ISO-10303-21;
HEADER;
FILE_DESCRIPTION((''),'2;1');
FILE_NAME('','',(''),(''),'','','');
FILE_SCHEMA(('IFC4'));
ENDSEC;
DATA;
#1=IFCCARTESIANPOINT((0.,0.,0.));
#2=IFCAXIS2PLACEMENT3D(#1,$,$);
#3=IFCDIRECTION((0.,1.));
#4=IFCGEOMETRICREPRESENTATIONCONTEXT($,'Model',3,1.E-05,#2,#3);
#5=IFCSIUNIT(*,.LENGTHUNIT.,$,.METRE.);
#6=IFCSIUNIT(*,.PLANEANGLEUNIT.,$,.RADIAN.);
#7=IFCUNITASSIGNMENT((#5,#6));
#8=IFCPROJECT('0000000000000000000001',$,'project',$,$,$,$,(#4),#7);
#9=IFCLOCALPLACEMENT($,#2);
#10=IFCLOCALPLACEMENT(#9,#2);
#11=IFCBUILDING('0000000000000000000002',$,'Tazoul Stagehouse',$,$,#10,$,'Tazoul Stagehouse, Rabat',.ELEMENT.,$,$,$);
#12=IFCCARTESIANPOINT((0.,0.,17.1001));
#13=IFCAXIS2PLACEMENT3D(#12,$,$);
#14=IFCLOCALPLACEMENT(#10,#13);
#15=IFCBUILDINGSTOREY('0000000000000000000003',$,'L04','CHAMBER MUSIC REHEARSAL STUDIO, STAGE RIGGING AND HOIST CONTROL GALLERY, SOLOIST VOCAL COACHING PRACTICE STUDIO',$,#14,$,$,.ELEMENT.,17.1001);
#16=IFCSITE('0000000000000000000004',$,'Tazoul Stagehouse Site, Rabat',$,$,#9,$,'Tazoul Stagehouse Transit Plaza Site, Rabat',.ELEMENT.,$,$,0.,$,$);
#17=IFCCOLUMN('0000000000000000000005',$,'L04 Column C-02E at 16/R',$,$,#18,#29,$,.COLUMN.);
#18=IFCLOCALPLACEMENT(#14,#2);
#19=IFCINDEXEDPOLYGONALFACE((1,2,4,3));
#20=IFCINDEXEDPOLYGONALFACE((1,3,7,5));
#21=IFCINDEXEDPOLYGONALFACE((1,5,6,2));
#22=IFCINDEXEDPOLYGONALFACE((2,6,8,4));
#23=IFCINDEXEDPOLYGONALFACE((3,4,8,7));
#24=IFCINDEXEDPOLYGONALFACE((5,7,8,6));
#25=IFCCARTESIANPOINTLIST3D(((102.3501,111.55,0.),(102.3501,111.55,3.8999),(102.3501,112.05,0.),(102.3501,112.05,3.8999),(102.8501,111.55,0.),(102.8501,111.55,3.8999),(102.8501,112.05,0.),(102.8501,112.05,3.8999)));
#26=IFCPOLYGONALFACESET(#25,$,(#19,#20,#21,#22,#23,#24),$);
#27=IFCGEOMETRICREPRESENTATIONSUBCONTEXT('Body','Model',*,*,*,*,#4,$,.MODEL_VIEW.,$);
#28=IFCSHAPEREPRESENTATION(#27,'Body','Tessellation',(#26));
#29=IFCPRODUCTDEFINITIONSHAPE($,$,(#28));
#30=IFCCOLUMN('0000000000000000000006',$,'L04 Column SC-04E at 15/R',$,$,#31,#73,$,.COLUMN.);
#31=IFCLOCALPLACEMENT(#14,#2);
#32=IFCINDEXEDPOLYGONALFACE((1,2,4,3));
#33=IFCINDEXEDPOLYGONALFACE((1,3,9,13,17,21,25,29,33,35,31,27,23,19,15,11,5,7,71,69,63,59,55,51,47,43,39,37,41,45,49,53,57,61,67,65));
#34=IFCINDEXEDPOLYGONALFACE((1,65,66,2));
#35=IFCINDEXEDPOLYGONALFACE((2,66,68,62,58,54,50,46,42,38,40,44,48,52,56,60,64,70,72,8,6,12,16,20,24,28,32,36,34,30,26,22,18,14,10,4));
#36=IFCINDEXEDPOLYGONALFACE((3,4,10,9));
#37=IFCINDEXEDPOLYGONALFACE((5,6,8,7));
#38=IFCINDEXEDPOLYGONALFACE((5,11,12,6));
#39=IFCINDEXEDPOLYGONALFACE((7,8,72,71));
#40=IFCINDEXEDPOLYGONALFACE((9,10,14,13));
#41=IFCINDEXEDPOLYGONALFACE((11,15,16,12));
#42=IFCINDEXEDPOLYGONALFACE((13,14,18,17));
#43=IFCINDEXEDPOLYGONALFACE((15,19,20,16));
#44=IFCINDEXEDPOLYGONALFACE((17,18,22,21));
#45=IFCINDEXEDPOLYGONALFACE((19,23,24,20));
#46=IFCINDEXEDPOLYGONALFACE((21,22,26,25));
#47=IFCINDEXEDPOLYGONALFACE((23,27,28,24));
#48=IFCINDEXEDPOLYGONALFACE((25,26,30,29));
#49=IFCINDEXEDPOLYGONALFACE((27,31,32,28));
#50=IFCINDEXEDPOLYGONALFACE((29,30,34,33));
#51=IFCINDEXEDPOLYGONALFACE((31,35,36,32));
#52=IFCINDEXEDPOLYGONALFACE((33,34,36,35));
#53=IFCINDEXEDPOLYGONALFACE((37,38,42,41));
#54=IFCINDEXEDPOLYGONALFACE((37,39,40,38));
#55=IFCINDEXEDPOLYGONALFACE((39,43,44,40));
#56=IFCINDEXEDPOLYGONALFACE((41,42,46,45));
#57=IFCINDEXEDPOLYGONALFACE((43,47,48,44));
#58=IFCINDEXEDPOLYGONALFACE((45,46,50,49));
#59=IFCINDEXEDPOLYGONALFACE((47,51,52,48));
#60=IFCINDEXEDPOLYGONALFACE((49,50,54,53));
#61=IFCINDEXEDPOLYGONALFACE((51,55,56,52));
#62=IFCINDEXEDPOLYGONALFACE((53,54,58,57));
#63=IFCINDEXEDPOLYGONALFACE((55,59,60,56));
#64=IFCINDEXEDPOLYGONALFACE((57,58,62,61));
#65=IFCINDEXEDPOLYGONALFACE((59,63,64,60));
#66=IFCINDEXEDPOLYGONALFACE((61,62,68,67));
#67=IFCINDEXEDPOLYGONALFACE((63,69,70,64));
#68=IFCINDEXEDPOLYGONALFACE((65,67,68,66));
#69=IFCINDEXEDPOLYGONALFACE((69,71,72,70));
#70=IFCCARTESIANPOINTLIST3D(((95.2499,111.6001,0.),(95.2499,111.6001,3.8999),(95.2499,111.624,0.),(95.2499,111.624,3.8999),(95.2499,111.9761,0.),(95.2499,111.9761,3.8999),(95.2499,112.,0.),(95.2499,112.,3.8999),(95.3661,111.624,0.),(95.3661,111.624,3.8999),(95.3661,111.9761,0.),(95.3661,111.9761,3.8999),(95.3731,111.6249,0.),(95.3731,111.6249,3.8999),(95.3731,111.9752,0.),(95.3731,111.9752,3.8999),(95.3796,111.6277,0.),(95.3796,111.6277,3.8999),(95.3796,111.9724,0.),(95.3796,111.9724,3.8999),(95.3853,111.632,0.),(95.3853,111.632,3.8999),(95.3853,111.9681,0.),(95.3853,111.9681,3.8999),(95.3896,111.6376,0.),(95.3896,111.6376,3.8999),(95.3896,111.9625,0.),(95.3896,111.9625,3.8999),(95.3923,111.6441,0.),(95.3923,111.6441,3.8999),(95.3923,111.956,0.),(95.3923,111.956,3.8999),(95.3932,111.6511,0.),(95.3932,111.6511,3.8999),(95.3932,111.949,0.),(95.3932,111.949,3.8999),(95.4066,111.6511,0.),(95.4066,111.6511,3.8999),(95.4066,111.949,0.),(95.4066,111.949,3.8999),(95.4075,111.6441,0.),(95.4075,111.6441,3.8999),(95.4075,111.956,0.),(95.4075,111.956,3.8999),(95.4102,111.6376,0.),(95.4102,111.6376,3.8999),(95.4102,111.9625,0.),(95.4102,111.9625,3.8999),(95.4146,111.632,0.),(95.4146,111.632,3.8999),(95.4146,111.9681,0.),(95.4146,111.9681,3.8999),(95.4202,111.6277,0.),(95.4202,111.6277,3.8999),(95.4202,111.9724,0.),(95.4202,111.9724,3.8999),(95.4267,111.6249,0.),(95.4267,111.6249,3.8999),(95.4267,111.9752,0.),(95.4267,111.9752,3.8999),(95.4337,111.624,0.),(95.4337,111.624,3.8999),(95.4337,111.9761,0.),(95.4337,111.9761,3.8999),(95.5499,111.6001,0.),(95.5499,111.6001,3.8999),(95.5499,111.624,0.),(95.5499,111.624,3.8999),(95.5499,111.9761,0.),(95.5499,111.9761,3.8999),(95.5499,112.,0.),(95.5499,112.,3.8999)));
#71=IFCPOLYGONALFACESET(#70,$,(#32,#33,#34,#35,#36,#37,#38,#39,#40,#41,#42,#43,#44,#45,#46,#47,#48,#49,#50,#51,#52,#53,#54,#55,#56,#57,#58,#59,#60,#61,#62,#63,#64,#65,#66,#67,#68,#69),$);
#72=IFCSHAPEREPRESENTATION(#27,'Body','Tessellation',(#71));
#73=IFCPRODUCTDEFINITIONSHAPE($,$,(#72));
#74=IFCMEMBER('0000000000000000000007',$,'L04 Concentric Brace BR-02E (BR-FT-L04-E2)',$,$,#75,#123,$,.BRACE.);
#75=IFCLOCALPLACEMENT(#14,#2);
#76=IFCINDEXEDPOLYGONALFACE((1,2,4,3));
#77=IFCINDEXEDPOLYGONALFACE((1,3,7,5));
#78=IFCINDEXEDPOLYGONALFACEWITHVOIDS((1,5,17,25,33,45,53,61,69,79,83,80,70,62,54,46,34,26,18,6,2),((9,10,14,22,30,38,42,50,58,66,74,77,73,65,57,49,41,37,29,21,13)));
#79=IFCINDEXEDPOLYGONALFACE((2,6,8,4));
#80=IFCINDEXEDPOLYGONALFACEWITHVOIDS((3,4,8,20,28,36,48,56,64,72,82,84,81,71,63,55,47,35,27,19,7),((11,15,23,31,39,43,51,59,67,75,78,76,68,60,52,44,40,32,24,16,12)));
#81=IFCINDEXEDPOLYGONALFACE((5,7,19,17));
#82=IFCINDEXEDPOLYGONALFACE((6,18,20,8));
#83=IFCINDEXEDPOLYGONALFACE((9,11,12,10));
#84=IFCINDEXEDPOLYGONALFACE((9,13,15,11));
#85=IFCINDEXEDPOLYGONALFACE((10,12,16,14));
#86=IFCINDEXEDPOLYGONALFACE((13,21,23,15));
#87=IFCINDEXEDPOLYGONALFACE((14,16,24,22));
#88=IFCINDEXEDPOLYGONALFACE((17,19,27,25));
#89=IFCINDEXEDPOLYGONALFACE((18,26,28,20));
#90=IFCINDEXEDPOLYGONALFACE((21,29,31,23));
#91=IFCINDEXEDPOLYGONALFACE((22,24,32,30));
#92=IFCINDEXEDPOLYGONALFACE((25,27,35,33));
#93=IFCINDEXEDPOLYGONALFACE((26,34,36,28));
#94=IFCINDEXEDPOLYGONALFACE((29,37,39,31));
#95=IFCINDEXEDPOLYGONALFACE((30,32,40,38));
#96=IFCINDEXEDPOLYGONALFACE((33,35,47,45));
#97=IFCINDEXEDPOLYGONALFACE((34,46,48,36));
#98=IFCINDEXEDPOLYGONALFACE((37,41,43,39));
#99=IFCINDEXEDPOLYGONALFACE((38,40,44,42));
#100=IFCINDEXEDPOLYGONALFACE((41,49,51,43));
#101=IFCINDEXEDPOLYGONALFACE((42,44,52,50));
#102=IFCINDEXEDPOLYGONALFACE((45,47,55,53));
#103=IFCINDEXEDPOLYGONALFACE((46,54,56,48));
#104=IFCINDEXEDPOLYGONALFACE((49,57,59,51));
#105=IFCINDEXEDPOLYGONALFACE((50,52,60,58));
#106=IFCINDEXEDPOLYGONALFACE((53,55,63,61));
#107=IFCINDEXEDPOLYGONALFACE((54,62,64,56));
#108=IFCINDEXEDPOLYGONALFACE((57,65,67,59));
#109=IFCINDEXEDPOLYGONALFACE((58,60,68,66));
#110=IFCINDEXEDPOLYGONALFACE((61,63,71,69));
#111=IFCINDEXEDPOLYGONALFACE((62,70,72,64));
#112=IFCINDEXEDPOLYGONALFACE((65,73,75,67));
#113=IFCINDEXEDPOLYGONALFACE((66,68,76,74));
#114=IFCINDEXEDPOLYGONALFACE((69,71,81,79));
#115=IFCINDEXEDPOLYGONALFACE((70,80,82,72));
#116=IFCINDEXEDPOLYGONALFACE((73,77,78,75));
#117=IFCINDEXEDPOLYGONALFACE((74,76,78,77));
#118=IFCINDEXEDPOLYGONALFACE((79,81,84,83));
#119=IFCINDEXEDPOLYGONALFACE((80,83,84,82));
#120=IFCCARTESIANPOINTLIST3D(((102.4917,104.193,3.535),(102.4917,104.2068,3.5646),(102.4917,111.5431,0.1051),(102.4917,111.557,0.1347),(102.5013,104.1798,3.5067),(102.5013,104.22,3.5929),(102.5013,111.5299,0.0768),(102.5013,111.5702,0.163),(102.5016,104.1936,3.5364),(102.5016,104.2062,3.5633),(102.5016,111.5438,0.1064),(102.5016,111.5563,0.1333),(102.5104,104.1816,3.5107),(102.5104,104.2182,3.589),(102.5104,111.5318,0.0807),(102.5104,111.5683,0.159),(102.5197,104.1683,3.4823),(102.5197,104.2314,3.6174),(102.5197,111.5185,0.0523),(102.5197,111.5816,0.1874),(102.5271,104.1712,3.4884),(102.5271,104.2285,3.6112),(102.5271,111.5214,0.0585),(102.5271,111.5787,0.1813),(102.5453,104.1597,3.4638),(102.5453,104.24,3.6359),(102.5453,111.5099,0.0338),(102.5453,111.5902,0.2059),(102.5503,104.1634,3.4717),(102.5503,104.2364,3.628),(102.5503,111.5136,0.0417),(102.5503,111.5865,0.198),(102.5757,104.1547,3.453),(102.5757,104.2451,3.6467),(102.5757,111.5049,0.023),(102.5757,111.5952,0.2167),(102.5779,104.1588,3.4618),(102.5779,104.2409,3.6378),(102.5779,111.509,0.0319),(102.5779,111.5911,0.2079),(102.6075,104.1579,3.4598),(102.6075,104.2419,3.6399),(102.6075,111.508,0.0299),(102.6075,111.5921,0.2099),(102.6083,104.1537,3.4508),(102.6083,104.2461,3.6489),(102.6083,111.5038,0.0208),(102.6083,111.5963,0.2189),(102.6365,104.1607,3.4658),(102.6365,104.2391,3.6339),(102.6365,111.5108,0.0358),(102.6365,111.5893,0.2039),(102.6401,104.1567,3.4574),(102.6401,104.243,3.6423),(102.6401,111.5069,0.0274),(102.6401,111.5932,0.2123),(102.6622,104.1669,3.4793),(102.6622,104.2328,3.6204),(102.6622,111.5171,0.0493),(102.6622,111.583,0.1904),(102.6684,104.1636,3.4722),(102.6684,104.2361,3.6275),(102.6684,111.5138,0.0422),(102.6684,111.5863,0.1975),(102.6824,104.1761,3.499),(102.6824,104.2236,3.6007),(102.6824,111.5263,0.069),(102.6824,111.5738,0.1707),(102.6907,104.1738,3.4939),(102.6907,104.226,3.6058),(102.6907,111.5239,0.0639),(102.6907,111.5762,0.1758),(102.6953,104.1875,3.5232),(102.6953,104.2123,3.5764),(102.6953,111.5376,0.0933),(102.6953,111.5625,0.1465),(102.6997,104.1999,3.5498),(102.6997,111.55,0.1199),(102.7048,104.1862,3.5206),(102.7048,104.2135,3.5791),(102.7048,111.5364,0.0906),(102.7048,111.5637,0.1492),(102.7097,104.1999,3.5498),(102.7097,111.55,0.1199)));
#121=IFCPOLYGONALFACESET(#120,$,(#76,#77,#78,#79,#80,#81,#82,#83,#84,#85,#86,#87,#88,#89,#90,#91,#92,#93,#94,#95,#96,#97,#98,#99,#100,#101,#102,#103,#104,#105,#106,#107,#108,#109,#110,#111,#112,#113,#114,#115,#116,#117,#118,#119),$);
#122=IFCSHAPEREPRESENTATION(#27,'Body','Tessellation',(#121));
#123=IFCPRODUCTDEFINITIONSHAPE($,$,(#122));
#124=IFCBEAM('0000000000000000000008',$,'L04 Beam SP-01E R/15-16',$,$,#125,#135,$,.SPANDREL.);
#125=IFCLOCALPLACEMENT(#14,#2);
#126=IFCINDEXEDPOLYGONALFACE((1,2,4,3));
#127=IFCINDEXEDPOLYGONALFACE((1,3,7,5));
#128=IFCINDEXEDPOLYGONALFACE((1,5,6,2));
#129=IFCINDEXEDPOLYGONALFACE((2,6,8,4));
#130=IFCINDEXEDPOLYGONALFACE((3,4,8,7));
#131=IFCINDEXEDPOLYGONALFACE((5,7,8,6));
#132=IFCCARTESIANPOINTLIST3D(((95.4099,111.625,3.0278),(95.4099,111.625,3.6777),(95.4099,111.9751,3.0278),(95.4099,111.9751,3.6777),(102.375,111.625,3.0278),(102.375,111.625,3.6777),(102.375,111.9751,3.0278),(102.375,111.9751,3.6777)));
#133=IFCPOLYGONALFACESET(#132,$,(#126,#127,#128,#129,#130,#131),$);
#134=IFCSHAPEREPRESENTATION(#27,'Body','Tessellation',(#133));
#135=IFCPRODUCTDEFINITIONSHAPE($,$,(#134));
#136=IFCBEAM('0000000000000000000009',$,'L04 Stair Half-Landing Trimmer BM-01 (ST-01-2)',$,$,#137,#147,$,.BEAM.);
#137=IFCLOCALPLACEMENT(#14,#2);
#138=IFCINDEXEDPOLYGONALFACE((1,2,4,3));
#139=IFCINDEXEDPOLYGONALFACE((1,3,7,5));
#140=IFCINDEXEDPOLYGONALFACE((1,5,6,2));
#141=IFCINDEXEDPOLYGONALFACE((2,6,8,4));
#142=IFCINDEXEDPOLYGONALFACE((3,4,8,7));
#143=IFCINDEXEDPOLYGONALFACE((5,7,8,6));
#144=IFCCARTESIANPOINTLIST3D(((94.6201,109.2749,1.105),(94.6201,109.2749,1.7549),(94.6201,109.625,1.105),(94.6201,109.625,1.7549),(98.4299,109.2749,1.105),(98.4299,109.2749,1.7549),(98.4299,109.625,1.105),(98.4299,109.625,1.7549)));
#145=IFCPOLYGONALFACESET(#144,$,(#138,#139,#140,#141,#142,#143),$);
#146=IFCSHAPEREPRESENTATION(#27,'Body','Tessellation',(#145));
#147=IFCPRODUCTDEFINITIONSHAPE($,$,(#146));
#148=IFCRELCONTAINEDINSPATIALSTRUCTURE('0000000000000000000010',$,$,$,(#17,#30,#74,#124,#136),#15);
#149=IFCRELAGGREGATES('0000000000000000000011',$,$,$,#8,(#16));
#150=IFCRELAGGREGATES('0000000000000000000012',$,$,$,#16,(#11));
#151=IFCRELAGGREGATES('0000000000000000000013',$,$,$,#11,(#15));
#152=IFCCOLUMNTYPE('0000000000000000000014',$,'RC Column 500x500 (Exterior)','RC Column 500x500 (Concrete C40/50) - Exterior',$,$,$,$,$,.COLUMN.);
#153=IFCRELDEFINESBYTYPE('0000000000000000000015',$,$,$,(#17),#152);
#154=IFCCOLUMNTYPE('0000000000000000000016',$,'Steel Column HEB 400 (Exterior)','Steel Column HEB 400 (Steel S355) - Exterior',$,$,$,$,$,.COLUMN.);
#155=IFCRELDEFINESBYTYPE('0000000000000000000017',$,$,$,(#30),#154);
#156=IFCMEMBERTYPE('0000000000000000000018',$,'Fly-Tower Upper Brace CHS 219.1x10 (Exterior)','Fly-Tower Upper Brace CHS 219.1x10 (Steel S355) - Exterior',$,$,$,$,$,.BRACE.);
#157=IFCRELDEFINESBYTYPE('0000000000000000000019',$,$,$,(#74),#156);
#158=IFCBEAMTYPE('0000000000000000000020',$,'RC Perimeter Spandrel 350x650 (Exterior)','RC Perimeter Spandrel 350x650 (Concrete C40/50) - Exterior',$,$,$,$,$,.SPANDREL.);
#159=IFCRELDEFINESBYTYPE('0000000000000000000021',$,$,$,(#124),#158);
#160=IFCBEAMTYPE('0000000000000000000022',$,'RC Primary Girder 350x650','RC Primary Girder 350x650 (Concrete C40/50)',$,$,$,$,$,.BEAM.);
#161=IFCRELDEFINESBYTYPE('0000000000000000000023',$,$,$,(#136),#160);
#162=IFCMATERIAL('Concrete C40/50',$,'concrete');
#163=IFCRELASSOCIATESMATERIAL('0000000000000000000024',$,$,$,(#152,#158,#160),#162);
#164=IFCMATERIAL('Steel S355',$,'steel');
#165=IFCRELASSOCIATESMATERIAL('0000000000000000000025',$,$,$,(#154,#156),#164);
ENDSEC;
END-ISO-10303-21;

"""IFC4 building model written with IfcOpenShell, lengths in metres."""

from ifc_helpers import new_model, si_unit, direction, frame, origin, origin_2d, place, context, subcontext, project, spatial, rectangle, hollow_circle, i_section, extrude, material, material_profile, profile_set, type_object, element, save


model = new_model("IFC4")

# Units and contexts
model_context = context("Model", 3, precision=1e-05, world=origin(), true_north=direction((0.0, 1.0)))
body_context = subcontext(model_context, "Body", "Model", "MODEL_VIEW")
ifc_project = project(units=[si_unit("LENGTHUNIT", "METRE"), si_unit("PLANEANGLEUNIT", "RADIAN")], contexts=[model_context])

# Site, building, storey
site_placement = place(None, origin())
site = spatial("IfcSite", under=ifc_project, at=site_placement, Name="Tazoul Stagehouse Site, Rabat", LongName="Tazoul Stagehouse Transit Plaza Site, Rabat", CompositionType="ELEMENT", RefElevation=0.0)
building_placement = place(site_placement, origin())
building = spatial("IfcBuilding", under=site, at=building_placement, Name="Tazoul Stagehouse", LongName="Tazoul Stagehouse, Rabat", CompositionType="ELEMENT")
storey_placement = place(building_placement, frame((0.0, 0.0, 17.1001)))
storey = spatial("IfcBuildingStorey", under=building, at=storey_placement, Name="L04", Description="CHAMBER MUSIC REHEARSAL STUDIO, STAGE RIGGING AND HOIST CONTROL GALLERY, SOLOIST VOCAL COACHING PRACTICE STUDIO", CompositionType="ELEMENT", Elevation=17.1001)

# Columns
ifc_material_1 = material(Name="Concrete C40/50", Category="concrete")
ifc_material_profile_1 = material_profile(ifc_material_1, rectangle(XDim=0.5, YDim=0.5, at=origin_2d()), Name="RC 500x500")
ifc_profile_set_1 = profile_set([ifc_material_profile_1], Name="Concrete C40/50")
column_type_1 = type_object("IfcColumnType", Name="RC Column 500x500 (Exterior)", Description="RC Column 500x500 (Concrete C40/50) - Exterior", PredefinedType="COLUMN", material=ifc_profile_set_1)
column_1_placement = place(storey_placement, frame((102.6001, 111.8, 0.0), z_axis=(0.0, 0.0, 1.0), x_axis=(1.0, 0.0, 0.0)))
element("IfcColumn", 1, at=column_1_placement, inside=storey, type_object=column_type_1, Name="L04 Column C-02E at 16/R", PredefinedType="COLUMN", context=body_context, shape_type="SweptSolid", body=[
    extrude(rectangle(XDim=0.5, YDim=0.5, at=origin_2d()), origin(), (0.0, 0.0, 1.0), 3.8999),
])
ifc_material_2 = material(Name="Steel S355", Category="steel")
ifc_material_profile_2 = material_profile(ifc_material_2, i_section(OverallWidth=0.3, OverallDepth=0.3999, WebThickness=0.0134, FlangeThickness=0.0239, FilletRadius=0.0271, at=origin_2d()), Name="HEB 400")
ifc_profile_set_2 = profile_set([ifc_material_profile_2], Name="Steel S355")
column_type_2 = type_object("IfcColumnType", Name="Steel Column HEB 400 (Exterior)", Description="Steel Column HEB 400 (Steel S355) - Exterior", PredefinedType="COLUMN", material=ifc_profile_set_2)
column_2_placement = place(storey_placement, frame((95.3999, 111.8, 0.0), z_axis=(0.0, 0.0, 1.0), x_axis=(1.0, 0.0, 0.0)))
element("IfcColumn", 2, at=column_2_placement, inside=storey, type_object=column_type_2, Name="L04 Column SC-04E at 15/R", PredefinedType="COLUMN", context=body_context, shape_type="SweptSolid", body=[
    extrude(i_section(OverallWidth=0.3, OverallDepth=0.3999, WebThickness=0.0134, FlangeThickness=0.0239, FilletRadius=0.0271, at=origin_2d()), origin(), (0.0, 0.0, 1.0), 3.8999),
])

# Member
ifc_material_profile_3 = material_profile(ifc_material_2, hollow_circle(Radius=0.1096, WallThickness=0.01, at=origin_2d()), Name="CHS 219.1x10")
ifc_profile_set_3 = profile_set([ifc_material_profile_3], Name="Steel S355")
member_type = type_object("IfcMemberType", Name="Fly-Tower Upper Brace CHS 219.1x10 (Exterior)", Description="Fly-Tower Upper Brace CHS 219.1x10 (Steel S355) - Exterior", PredefinedType="BRACE", material=ifc_profile_set_3)
member_placement = place(storey_placement, frame((102.6001, 111.55, 0.1199), z_axis=(0.0, -0.906189, 0.422874), x_axis=(1.0, 0.0, 0.0)))
element("IfcMember", 3, at=member_placement, inside=storey, type_object=member_type, Name="L04 Concentric Brace BR-02E (BR-FT-L04-E2)", PredefinedType="BRACE", context=body_context, shape_type="SweptSolid", body=[
    extrude(hollow_circle(Radius=0.1096, WallThickness=0.01, at=origin_2d()), origin(), (0.0, 0.0, 1.0), 8.1111),
])

# Beams
ifc_material_profile_4 = material_profile(ifc_material_1, rectangle(XDim=0.3501, YDim=0.6499, at=origin_2d()), Name="RC 350x650")
ifc_profile_set_4 = profile_set([ifc_material_profile_4], Name="Concrete C40/50")
beam_type_1 = type_object("IfcBeamType", Name="RC Perimeter Spandrel 350x650 (Exterior)", Description="RC Perimeter Spandrel 350x650 (Concrete C40/50) - Exterior", PredefinedType="SPANDREL", material=ifc_profile_set_4)
beam_1_placement = place(storey_placement, frame((95.4099, 111.8, 3.3528), z_axis=(1.0, 0.0, 0.0), x_axis=(0.0, 1.0, 0.0)))
element("IfcBeam", 4, at=beam_1_placement, inside=storey, type_object=beam_type_1, Name="L04 Beam SP-01E R/15-16", PredefinedType="SPANDREL", context=body_context, shape_type="SweptSolid", body=[
    extrude(rectangle(XDim=0.3501, YDim=0.6499, at=origin_2d()), origin(), (0.0, 0.0, 1.0), 6.9651),
])
ifc_material_profile_5 = material_profile(ifc_material_1, rectangle(XDim=0.3501, YDim=0.6499, at=origin_2d()), Name="RC 350x650")
ifc_profile_set_5 = profile_set([ifc_material_profile_5], Name="Concrete C40/50")
beam_type_2 = type_object("IfcBeamType", Name="RC Primary Girder 350x650", Description="RC Primary Girder 350x650 (Concrete C40/50)", PredefinedType="BEAM", material=ifc_profile_set_5)
beam_2_placement = place(storey_placement, frame((94.6201, 109.45, 1.4299), z_axis=(1.0, 0.0, 0.0), x_axis=(0.0, 1.0, 0.0)))
element("IfcBeam", 5, at=beam_2_placement, inside=storey, type_object=beam_type_2, Name="L04 Stair Half-Landing Trimmer BM-01 (ST-01-2)", PredefinedType="BEAM", context=body_context, shape_type="SweptSolid", body=[
    extrude(rectangle(XDim=0.3501, YDim=0.6499, at=origin_2d()), origin(), (0.0, 0.0, 1.0), 3.8098),
])

save(model, "model.ifc")
